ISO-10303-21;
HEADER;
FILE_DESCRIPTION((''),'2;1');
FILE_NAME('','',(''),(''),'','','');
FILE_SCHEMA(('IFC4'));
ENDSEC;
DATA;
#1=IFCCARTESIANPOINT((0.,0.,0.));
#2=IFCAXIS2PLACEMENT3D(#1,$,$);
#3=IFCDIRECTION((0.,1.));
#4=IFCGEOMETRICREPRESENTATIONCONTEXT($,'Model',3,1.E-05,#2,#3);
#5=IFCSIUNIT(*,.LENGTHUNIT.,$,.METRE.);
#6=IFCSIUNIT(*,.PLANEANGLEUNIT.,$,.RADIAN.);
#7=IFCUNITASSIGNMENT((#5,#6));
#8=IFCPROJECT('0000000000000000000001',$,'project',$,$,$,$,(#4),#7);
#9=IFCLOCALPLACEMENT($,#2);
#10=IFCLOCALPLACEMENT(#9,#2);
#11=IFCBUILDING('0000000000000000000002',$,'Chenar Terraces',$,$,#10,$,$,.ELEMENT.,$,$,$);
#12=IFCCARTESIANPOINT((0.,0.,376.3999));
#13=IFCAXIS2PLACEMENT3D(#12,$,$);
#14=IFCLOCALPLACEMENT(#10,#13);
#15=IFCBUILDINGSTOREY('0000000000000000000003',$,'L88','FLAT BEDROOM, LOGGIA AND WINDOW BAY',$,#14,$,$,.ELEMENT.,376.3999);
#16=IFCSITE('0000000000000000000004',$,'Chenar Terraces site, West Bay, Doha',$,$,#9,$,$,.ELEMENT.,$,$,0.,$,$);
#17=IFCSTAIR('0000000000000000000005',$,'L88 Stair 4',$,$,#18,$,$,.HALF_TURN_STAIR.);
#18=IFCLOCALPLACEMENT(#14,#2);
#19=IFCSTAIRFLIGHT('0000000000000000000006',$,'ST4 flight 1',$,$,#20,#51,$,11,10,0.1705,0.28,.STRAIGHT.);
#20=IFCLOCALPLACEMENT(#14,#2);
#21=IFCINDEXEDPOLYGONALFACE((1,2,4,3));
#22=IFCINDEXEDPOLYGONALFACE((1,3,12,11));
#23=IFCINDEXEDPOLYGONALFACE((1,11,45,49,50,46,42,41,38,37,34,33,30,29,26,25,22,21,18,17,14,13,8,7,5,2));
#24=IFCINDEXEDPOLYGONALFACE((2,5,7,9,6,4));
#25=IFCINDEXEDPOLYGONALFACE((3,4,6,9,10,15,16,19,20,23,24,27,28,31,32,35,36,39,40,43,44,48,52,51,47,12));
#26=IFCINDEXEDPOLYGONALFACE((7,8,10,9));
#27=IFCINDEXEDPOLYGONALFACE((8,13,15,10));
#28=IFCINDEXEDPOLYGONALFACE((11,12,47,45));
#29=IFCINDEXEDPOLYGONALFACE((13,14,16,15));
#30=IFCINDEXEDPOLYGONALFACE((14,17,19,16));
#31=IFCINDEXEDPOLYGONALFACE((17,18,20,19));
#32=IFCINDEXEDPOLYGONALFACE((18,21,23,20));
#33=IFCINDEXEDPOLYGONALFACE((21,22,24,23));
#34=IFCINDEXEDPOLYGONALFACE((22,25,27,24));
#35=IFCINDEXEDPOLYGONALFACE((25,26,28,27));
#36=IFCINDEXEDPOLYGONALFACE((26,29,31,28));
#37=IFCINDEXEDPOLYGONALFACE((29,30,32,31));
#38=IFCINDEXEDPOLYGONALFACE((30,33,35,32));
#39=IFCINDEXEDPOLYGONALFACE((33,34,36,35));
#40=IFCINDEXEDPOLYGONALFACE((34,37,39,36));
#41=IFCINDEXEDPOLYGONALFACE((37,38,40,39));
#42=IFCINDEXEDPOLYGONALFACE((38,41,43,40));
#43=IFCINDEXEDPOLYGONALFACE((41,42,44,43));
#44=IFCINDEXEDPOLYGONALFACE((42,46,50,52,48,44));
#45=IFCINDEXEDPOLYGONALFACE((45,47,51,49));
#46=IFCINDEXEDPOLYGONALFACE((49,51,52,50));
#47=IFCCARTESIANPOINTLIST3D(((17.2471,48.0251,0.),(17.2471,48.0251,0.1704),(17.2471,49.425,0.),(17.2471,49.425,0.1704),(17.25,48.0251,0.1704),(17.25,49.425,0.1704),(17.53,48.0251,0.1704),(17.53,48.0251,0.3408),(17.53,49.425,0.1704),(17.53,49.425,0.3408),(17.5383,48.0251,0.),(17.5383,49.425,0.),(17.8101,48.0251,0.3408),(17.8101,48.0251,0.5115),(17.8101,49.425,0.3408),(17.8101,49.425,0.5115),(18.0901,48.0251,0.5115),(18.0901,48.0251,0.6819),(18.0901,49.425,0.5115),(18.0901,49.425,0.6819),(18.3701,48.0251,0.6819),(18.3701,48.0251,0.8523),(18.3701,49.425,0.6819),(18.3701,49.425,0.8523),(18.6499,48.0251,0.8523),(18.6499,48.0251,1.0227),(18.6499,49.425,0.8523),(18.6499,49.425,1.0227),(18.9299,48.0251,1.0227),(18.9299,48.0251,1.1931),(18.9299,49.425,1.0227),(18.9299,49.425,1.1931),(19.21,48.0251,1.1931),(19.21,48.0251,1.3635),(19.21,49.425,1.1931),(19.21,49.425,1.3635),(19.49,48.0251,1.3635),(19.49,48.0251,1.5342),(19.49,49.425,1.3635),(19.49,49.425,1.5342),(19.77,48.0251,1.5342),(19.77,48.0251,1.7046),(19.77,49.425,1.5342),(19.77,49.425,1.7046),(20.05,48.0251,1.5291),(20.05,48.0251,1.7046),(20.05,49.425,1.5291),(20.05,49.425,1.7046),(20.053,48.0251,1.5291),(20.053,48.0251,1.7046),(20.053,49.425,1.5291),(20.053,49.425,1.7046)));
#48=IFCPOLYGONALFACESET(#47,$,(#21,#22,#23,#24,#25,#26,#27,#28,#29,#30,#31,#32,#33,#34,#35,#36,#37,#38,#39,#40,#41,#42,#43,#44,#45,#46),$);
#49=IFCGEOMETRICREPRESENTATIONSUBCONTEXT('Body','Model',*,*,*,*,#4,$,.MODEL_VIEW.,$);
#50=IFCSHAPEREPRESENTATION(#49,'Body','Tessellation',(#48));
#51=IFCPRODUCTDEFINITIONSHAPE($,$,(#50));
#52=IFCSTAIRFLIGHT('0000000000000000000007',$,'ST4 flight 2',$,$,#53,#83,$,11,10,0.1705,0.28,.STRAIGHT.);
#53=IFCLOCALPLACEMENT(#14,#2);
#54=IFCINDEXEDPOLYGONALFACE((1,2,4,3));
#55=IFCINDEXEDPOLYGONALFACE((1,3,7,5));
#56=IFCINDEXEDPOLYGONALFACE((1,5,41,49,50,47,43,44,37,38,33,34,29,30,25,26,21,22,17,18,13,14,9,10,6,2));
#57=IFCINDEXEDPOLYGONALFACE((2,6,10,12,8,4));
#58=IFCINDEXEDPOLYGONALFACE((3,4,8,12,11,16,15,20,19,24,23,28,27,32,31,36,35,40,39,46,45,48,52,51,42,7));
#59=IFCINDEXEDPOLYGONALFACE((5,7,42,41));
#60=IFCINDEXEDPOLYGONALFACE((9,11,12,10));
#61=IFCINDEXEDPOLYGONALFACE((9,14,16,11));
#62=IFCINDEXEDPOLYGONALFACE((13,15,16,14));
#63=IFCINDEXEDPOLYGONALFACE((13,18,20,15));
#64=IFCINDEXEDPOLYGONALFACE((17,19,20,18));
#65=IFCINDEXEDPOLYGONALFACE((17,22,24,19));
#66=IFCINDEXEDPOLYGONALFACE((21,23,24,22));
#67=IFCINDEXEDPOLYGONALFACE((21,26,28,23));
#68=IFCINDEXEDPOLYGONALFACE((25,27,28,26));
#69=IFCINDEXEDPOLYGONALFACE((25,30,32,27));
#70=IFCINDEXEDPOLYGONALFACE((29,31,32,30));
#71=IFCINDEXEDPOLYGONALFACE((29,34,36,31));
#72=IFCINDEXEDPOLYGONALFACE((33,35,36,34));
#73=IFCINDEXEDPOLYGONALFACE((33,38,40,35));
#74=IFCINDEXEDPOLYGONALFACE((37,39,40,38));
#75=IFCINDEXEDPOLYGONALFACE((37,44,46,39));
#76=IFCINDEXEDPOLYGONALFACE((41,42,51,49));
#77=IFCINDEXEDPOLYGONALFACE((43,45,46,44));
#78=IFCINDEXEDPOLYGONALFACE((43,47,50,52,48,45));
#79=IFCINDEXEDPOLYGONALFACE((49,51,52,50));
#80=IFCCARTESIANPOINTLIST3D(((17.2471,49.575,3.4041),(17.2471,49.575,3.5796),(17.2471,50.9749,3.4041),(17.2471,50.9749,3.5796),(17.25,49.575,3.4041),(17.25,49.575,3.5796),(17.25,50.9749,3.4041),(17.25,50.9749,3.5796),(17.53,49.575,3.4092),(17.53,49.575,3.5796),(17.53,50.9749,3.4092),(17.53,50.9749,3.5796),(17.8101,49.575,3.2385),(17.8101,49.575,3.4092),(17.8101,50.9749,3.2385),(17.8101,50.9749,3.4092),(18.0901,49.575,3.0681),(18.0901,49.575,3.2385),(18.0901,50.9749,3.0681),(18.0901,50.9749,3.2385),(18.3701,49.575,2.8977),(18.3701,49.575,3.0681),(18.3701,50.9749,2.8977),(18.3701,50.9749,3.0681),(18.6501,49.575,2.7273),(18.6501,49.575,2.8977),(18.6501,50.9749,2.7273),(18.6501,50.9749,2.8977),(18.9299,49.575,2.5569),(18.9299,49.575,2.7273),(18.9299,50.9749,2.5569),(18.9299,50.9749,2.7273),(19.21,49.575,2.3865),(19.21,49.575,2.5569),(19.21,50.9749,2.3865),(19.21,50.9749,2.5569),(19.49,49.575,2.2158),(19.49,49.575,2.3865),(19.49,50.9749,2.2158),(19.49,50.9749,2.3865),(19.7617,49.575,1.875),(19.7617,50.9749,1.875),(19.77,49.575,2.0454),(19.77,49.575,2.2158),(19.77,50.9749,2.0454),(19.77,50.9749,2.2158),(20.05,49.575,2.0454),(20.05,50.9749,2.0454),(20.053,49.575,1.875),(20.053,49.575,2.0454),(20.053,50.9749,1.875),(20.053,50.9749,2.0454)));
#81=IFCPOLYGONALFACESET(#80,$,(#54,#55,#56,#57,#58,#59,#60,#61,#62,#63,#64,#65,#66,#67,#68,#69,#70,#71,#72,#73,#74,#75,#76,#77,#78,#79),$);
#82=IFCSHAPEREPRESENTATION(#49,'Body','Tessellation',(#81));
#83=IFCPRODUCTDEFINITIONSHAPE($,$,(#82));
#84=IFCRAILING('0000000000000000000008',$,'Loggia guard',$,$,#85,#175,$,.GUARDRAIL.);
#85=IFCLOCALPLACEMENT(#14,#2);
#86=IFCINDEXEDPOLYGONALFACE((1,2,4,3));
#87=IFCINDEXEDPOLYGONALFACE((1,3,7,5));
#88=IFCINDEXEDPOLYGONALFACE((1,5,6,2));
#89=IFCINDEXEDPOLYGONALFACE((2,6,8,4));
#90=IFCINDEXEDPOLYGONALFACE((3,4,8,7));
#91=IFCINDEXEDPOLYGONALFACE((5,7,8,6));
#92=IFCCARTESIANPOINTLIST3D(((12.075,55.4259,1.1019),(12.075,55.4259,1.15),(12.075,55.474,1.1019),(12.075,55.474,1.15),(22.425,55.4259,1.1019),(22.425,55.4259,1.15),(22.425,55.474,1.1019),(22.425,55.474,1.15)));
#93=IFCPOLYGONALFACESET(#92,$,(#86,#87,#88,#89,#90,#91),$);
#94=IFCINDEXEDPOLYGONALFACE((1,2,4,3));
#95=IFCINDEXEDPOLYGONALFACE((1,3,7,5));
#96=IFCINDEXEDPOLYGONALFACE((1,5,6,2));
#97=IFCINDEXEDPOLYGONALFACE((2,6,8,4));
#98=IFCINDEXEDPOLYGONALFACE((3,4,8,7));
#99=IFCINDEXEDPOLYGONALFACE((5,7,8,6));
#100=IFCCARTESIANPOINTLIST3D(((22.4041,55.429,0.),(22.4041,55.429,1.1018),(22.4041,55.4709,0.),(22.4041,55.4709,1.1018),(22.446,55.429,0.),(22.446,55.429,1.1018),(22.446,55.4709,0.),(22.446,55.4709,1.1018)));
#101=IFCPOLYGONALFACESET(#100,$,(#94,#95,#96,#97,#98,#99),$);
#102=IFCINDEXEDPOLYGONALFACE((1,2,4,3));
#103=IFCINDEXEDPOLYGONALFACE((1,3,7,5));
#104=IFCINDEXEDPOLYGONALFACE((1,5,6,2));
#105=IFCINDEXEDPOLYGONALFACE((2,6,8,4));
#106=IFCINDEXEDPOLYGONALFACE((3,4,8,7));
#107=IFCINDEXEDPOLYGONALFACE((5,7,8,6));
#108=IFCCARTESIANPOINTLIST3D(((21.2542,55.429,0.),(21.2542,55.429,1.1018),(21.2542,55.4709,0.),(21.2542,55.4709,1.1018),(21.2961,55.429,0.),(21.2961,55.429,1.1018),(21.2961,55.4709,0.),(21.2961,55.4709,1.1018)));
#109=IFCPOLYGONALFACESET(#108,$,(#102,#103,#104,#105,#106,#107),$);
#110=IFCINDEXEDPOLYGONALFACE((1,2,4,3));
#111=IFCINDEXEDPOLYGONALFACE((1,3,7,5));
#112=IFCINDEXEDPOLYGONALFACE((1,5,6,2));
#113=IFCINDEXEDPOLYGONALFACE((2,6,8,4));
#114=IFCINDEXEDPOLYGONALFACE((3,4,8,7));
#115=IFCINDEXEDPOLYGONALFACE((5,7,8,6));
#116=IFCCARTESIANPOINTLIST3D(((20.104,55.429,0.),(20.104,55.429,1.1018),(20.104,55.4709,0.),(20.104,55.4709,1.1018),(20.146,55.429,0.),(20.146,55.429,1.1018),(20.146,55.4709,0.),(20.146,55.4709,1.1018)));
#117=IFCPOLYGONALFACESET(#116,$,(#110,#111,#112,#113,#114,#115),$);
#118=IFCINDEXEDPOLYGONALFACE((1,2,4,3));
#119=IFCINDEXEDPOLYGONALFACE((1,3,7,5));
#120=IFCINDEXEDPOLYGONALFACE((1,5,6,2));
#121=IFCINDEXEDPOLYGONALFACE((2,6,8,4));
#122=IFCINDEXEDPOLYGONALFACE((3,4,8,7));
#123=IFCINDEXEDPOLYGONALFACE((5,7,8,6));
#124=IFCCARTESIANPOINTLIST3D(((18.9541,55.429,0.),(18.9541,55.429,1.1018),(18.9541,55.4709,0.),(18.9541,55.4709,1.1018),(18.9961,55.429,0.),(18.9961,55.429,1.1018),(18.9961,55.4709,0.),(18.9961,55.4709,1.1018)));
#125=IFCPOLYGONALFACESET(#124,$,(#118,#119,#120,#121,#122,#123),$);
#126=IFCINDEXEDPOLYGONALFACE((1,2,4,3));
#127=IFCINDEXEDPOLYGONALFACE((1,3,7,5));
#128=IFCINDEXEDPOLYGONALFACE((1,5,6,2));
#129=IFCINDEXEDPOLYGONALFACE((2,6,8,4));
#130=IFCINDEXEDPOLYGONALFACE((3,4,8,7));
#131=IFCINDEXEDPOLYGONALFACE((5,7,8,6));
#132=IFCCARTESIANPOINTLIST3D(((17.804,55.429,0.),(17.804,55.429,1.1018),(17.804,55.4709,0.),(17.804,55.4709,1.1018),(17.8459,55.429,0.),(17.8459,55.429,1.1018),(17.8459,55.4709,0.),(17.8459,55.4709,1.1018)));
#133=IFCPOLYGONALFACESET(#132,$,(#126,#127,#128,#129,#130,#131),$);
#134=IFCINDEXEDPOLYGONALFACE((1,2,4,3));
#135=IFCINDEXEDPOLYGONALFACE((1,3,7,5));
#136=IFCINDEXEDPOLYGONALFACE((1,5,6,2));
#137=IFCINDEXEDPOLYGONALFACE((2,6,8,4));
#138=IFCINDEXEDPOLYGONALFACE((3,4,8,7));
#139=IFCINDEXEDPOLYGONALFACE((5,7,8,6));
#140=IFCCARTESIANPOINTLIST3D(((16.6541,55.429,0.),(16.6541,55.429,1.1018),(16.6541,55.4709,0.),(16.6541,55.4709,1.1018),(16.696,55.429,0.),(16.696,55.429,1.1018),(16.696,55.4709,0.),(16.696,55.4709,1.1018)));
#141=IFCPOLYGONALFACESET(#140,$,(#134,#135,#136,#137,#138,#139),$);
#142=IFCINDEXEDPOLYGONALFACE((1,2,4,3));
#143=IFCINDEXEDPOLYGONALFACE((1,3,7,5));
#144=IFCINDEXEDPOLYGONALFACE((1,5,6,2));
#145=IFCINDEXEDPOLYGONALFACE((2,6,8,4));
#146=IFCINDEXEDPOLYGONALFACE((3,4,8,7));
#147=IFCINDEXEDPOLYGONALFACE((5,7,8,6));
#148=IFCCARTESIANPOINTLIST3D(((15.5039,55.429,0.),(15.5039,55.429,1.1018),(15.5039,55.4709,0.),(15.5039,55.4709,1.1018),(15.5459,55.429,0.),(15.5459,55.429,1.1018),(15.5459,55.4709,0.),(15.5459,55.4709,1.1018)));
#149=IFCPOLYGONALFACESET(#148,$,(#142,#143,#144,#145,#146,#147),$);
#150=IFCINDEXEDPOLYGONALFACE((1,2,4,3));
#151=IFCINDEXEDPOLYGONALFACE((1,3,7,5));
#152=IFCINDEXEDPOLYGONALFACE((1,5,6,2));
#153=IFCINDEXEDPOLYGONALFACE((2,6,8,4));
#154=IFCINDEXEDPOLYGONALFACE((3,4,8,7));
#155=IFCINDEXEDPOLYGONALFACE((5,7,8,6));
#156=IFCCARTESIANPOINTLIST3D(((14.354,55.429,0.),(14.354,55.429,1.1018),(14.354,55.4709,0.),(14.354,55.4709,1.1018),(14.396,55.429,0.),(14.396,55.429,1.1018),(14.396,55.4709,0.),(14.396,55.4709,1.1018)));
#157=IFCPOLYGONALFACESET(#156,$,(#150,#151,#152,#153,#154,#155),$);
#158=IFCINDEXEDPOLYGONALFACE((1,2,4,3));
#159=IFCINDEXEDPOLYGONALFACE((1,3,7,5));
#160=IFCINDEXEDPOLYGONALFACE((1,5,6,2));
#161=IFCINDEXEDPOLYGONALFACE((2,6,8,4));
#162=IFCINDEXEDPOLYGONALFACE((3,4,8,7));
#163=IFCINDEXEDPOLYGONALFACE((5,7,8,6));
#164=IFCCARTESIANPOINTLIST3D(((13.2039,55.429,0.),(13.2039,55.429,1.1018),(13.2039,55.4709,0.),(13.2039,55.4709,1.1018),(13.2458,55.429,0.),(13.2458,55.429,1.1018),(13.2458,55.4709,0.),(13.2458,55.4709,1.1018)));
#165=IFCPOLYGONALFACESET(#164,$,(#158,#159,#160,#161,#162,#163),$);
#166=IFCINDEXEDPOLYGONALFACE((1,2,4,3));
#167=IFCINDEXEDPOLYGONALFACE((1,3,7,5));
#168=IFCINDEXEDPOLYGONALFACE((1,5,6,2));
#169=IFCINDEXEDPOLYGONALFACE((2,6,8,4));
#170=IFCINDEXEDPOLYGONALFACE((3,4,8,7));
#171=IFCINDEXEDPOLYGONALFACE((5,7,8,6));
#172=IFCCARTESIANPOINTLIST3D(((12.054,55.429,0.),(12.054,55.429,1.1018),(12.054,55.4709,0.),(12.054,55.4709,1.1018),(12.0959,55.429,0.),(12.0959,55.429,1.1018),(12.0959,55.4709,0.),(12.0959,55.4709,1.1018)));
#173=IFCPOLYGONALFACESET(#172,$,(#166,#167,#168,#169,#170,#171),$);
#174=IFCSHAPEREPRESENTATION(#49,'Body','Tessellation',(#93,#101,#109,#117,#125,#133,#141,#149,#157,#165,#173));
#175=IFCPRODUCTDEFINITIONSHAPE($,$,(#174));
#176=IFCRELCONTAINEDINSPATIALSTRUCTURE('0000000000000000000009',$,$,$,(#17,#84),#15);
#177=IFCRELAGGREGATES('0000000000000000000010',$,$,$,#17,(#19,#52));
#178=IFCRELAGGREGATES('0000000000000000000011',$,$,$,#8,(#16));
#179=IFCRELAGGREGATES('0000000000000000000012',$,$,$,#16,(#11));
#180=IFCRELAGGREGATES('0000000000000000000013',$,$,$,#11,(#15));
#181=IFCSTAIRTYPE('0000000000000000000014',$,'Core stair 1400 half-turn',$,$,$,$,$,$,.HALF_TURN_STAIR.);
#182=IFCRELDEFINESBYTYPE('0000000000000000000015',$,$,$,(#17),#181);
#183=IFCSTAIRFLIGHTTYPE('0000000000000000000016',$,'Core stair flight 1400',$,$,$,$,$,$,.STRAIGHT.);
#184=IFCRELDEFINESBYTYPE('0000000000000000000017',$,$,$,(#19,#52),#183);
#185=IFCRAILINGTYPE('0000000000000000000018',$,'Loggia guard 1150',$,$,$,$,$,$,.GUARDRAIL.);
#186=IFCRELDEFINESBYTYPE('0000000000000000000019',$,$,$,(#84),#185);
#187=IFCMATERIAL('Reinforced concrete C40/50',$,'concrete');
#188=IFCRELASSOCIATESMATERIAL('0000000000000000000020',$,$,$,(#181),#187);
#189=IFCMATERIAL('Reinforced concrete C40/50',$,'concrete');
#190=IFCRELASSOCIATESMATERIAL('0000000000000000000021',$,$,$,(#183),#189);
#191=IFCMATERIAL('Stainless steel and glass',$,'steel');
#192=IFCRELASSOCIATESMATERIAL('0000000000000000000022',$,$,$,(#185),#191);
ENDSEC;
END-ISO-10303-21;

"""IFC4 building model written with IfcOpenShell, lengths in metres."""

from ifc_helpers import new_model, si_unit, direction, frame, origin, origin_2d, place, context, subcontext, project, spatial, polyline, rectangle, outline, extrude, material, type_object, element, aggregate, save


model = new_model("IFC4")

# Units and contexts
model_context = context("Model", 3, precision=1e-05, world=origin(), true_north=direction((0.0, 1.0)))
body_context = subcontext(model_context, "Body", "Model", "MODEL_VIEW")
ifc_project = project(units=[si_unit("LENGTHUNIT", "METRE"), si_unit("PLANEANGLEUNIT", "RADIAN")], contexts=[model_context])

# Site, building, storey
site_placement = place(None, origin())
site = spatial("IfcSite", under=ifc_project, at=site_placement, Name="Chenar Terraces site, West Bay, Doha", CompositionType="ELEMENT", RefElevation=0.0)
building_placement = place(site_placement, origin())
building = spatial("IfcBuilding", under=site, at=building_placement, Name="Chenar Terraces", CompositionType="ELEMENT")
storey_placement = place(building_placement, frame((0.0, 0.0, 376.3999)))
storey = spatial("IfcBuildingStorey", under=building, at=storey_placement, Name="L88", Description="FLAT BEDROOM, LOGGIA AND WINDOW BAY", CompositionType="ELEMENT", Elevation=376.3999)

# Stair, stair flights
ifc_material_1 = material(Name="Reinforced concrete C40/50", Category="concrete")
stair_type = type_object("IfcStairType", Name="Core stair 1400 half-turn", PredefinedType="HALF_TURN_STAIR", material=ifc_material_1)
stair_placement = place(storey_placement, origin())
stair = element("IfcStair", 1, at=stair_placement, inside=storey, type_object=stair_type, Name="L88 Stair 4", PredefinedType="HALF_TURN_STAIR")
ifc_material_2 = material(Name="Reinforced concrete C40/50", Category="concrete")
stair_flight_type = type_object("IfcStairFlightType", Name="Core stair flight 1400", PredefinedType="STRAIGHT", material=ifc_material_2)
stair_flight_1_placement = place(storey_placement, frame((17.25, 48.7251, 0.0), z_axis=(0.0, 0.0, 1.0), x_axis=(1.0, 0.0, 0.0)))
stair_flight_1 = element("IfcStairFlight", 2, at=stair_flight_1_placement, type_object=stair_flight_type, Name="ST4 flight 1", NumberOfRisers=11, NumberOfTreads=10, PredefinedType="STRAIGHT", RiserHeight=0.1705, TreadLength=0.28, context=body_context, shape_type="SweptSolid", body=[
    extrude(outline(polyline([(-0.0029, 0.0), (-0.0029, 0.1704), (0.0, 0.1704), (0.28, 0.1704), (0.28, 0.3408), (0.5601, 0.3408), (0.5601, 0.5115), (0.8401, 0.5115), (0.8401, 0.6819), (1.1201, 0.6819), (1.1201, 0.8523), (1.3999, 0.8523), (1.3999, 1.0227), (1.6799, 1.0227), (1.6799, 1.1931), (1.96, 1.1931), (1.96, 1.3635), (2.24, 1.3635), (2.24, 1.5342), (2.52, 1.5342), (2.52, 1.7046), (2.8, 1.7046), (2.803, 1.7046), (2.803, 1.5291), (2.8, 1.5291), (0.2883, 0.0), (-0.0029, 0.0)])), frame((0.0, 0.7, 0.0), z_axis=(0.0, -1.0, 0.0), x_axis=(1.0, 0.0, 0.0)), (0.0, 0.0, 1.0), 1.3999),
])
stair_flight_2_placement = place(storey_placement, frame((20.05, 50.2749, 1.875), z_axis=(0.0, 0.0, 1.0), x_axis=(-1.0, 0.0, 0.0)))
stair_flight_2 = element("IfcStairFlight", 3, at=stair_flight_2_placement, type_object=stair_flight_type, Name="ST4 flight 2", NumberOfRisers=11, NumberOfTreads=10, PredefinedType="STRAIGHT", RiserHeight=0.1705, TreadLength=0.28, context=body_context, shape_type="SweptSolid", body=[
    extrude(outline(polyline([(-0.0029, 0.0), (-0.0029, 0.1704), (0.0, 0.1704), (0.28, 0.1704), (0.28, 0.3408), (0.5601, 0.3408), (0.5601, 0.5115), (0.8401, 0.5115), (0.8401, 0.6819), (1.1201, 0.6819), (1.1201, 0.8523), (1.3999, 0.8523), (1.3999, 1.0227), (1.6799, 1.0227), (1.6799, 1.1931), (1.96, 1.1931), (1.96, 1.3635), (2.24, 1.3635), (2.24, 1.5342), (2.52, 1.5342), (2.52, 1.7046), (2.8, 1.7046), (2.803, 1.7046), (2.803, 1.5291), (2.8, 1.5291), (0.2883, 0.0), (-0.0029, 0.0)])), frame((0.0, 0.7, 0.0), z_axis=(0.0, -1.0, 0.0), x_axis=(1.0, 0.0, 0.0)), (0.0, 0.0, 1.0), 1.3999),
])
aggregate(stair, [stair_flight_1, stair_flight_2])

# Railing
ifc_material_3 = material(Name="Stainless steel and glass", Category="steel")
railing_type_1 = type_object("IfcRailingType", Name="Loggia guard 1150", PredefinedType="GUARDRAIL", material=ifc_material_3)
railing_1_placement = place(storey_placement, frame((22.425, 55.45, 0.0)))
element("IfcRailing", 4, at=railing_1_placement, inside=storey, type_object=railing_type_1, Name="Loggia guard", PredefinedType="GUARDRAIL", context=body_context, shape_type="SweptSolid", body=[
    extrude(rectangle(XDim=0.0481, YDim=0.0481, at=origin_2d()), frame((0.0, 0.0, 1.126), z_axis=(-1.0, 0.0, 0.0), x_axis=(0.0, -1.0, 0.0)), (0.0, 0.0, 1.0), 10.3501),
    extrude(rectangle(XDim=0.042, YDim=0.042, at=origin_2d()), origin(), (0.0, 0.0, 1.0), 1.1018),
    extrude(rectangle(XDim=0.042, YDim=0.042, at=origin_2d()), frame((-1.1499, 0.0, 0.0)), (0.0, 0.0, 1.0), 1.1018),
    extrude(rectangle(XDim=0.042, YDim=0.042, at=origin_2d()), frame((-2.3, 0.0, 0.0)), (0.0, 0.0, 1.0), 1.1018),
    extrude(rectangle(XDim=0.042, YDim=0.042, at=origin_2d()), frame((-3.45, 0.0, 0.0)), (0.0, 0.0, 1.0), 1.1018),
    extrude(rectangle(XDim=0.042, YDim=0.042, at=origin_2d()), frame((-4.6001, 0.0, 0.0)), (0.0, 0.0, 1.0), 1.1018),
    extrude(rectangle(XDim=0.042, YDim=0.042, at=origin_2d()), frame((-5.75, 0.0, 0.0)), (0.0, 0.0, 1.0), 1.1018),
    extrude(rectangle(XDim=0.042, YDim=0.042, at=origin_2d()), frame((-6.9001, 0.0, 0.0)), (0.0, 0.0, 1.0), 1.1018),
    extrude(rectangle(XDim=0.042, YDim=0.042, at=origin_2d()), frame((-8.05, 0.0, 0.0)), (0.0, 0.0, 1.0), 1.1018),
    extrude(rectangle(XDim=0.042, YDim=0.042, at=origin_2d()), frame((-9.2002, 0.0, 0.0)), (0.0, 0.0, 1.0), 1.1018),
    extrude(rectangle(XDim=0.042, YDim=0.042, at=origin_2d()), frame((-10.3501, 0.0, 0.0)), (0.0, 0.0, 1.0), 1.1018),
])

save(model, "model.ifc")
